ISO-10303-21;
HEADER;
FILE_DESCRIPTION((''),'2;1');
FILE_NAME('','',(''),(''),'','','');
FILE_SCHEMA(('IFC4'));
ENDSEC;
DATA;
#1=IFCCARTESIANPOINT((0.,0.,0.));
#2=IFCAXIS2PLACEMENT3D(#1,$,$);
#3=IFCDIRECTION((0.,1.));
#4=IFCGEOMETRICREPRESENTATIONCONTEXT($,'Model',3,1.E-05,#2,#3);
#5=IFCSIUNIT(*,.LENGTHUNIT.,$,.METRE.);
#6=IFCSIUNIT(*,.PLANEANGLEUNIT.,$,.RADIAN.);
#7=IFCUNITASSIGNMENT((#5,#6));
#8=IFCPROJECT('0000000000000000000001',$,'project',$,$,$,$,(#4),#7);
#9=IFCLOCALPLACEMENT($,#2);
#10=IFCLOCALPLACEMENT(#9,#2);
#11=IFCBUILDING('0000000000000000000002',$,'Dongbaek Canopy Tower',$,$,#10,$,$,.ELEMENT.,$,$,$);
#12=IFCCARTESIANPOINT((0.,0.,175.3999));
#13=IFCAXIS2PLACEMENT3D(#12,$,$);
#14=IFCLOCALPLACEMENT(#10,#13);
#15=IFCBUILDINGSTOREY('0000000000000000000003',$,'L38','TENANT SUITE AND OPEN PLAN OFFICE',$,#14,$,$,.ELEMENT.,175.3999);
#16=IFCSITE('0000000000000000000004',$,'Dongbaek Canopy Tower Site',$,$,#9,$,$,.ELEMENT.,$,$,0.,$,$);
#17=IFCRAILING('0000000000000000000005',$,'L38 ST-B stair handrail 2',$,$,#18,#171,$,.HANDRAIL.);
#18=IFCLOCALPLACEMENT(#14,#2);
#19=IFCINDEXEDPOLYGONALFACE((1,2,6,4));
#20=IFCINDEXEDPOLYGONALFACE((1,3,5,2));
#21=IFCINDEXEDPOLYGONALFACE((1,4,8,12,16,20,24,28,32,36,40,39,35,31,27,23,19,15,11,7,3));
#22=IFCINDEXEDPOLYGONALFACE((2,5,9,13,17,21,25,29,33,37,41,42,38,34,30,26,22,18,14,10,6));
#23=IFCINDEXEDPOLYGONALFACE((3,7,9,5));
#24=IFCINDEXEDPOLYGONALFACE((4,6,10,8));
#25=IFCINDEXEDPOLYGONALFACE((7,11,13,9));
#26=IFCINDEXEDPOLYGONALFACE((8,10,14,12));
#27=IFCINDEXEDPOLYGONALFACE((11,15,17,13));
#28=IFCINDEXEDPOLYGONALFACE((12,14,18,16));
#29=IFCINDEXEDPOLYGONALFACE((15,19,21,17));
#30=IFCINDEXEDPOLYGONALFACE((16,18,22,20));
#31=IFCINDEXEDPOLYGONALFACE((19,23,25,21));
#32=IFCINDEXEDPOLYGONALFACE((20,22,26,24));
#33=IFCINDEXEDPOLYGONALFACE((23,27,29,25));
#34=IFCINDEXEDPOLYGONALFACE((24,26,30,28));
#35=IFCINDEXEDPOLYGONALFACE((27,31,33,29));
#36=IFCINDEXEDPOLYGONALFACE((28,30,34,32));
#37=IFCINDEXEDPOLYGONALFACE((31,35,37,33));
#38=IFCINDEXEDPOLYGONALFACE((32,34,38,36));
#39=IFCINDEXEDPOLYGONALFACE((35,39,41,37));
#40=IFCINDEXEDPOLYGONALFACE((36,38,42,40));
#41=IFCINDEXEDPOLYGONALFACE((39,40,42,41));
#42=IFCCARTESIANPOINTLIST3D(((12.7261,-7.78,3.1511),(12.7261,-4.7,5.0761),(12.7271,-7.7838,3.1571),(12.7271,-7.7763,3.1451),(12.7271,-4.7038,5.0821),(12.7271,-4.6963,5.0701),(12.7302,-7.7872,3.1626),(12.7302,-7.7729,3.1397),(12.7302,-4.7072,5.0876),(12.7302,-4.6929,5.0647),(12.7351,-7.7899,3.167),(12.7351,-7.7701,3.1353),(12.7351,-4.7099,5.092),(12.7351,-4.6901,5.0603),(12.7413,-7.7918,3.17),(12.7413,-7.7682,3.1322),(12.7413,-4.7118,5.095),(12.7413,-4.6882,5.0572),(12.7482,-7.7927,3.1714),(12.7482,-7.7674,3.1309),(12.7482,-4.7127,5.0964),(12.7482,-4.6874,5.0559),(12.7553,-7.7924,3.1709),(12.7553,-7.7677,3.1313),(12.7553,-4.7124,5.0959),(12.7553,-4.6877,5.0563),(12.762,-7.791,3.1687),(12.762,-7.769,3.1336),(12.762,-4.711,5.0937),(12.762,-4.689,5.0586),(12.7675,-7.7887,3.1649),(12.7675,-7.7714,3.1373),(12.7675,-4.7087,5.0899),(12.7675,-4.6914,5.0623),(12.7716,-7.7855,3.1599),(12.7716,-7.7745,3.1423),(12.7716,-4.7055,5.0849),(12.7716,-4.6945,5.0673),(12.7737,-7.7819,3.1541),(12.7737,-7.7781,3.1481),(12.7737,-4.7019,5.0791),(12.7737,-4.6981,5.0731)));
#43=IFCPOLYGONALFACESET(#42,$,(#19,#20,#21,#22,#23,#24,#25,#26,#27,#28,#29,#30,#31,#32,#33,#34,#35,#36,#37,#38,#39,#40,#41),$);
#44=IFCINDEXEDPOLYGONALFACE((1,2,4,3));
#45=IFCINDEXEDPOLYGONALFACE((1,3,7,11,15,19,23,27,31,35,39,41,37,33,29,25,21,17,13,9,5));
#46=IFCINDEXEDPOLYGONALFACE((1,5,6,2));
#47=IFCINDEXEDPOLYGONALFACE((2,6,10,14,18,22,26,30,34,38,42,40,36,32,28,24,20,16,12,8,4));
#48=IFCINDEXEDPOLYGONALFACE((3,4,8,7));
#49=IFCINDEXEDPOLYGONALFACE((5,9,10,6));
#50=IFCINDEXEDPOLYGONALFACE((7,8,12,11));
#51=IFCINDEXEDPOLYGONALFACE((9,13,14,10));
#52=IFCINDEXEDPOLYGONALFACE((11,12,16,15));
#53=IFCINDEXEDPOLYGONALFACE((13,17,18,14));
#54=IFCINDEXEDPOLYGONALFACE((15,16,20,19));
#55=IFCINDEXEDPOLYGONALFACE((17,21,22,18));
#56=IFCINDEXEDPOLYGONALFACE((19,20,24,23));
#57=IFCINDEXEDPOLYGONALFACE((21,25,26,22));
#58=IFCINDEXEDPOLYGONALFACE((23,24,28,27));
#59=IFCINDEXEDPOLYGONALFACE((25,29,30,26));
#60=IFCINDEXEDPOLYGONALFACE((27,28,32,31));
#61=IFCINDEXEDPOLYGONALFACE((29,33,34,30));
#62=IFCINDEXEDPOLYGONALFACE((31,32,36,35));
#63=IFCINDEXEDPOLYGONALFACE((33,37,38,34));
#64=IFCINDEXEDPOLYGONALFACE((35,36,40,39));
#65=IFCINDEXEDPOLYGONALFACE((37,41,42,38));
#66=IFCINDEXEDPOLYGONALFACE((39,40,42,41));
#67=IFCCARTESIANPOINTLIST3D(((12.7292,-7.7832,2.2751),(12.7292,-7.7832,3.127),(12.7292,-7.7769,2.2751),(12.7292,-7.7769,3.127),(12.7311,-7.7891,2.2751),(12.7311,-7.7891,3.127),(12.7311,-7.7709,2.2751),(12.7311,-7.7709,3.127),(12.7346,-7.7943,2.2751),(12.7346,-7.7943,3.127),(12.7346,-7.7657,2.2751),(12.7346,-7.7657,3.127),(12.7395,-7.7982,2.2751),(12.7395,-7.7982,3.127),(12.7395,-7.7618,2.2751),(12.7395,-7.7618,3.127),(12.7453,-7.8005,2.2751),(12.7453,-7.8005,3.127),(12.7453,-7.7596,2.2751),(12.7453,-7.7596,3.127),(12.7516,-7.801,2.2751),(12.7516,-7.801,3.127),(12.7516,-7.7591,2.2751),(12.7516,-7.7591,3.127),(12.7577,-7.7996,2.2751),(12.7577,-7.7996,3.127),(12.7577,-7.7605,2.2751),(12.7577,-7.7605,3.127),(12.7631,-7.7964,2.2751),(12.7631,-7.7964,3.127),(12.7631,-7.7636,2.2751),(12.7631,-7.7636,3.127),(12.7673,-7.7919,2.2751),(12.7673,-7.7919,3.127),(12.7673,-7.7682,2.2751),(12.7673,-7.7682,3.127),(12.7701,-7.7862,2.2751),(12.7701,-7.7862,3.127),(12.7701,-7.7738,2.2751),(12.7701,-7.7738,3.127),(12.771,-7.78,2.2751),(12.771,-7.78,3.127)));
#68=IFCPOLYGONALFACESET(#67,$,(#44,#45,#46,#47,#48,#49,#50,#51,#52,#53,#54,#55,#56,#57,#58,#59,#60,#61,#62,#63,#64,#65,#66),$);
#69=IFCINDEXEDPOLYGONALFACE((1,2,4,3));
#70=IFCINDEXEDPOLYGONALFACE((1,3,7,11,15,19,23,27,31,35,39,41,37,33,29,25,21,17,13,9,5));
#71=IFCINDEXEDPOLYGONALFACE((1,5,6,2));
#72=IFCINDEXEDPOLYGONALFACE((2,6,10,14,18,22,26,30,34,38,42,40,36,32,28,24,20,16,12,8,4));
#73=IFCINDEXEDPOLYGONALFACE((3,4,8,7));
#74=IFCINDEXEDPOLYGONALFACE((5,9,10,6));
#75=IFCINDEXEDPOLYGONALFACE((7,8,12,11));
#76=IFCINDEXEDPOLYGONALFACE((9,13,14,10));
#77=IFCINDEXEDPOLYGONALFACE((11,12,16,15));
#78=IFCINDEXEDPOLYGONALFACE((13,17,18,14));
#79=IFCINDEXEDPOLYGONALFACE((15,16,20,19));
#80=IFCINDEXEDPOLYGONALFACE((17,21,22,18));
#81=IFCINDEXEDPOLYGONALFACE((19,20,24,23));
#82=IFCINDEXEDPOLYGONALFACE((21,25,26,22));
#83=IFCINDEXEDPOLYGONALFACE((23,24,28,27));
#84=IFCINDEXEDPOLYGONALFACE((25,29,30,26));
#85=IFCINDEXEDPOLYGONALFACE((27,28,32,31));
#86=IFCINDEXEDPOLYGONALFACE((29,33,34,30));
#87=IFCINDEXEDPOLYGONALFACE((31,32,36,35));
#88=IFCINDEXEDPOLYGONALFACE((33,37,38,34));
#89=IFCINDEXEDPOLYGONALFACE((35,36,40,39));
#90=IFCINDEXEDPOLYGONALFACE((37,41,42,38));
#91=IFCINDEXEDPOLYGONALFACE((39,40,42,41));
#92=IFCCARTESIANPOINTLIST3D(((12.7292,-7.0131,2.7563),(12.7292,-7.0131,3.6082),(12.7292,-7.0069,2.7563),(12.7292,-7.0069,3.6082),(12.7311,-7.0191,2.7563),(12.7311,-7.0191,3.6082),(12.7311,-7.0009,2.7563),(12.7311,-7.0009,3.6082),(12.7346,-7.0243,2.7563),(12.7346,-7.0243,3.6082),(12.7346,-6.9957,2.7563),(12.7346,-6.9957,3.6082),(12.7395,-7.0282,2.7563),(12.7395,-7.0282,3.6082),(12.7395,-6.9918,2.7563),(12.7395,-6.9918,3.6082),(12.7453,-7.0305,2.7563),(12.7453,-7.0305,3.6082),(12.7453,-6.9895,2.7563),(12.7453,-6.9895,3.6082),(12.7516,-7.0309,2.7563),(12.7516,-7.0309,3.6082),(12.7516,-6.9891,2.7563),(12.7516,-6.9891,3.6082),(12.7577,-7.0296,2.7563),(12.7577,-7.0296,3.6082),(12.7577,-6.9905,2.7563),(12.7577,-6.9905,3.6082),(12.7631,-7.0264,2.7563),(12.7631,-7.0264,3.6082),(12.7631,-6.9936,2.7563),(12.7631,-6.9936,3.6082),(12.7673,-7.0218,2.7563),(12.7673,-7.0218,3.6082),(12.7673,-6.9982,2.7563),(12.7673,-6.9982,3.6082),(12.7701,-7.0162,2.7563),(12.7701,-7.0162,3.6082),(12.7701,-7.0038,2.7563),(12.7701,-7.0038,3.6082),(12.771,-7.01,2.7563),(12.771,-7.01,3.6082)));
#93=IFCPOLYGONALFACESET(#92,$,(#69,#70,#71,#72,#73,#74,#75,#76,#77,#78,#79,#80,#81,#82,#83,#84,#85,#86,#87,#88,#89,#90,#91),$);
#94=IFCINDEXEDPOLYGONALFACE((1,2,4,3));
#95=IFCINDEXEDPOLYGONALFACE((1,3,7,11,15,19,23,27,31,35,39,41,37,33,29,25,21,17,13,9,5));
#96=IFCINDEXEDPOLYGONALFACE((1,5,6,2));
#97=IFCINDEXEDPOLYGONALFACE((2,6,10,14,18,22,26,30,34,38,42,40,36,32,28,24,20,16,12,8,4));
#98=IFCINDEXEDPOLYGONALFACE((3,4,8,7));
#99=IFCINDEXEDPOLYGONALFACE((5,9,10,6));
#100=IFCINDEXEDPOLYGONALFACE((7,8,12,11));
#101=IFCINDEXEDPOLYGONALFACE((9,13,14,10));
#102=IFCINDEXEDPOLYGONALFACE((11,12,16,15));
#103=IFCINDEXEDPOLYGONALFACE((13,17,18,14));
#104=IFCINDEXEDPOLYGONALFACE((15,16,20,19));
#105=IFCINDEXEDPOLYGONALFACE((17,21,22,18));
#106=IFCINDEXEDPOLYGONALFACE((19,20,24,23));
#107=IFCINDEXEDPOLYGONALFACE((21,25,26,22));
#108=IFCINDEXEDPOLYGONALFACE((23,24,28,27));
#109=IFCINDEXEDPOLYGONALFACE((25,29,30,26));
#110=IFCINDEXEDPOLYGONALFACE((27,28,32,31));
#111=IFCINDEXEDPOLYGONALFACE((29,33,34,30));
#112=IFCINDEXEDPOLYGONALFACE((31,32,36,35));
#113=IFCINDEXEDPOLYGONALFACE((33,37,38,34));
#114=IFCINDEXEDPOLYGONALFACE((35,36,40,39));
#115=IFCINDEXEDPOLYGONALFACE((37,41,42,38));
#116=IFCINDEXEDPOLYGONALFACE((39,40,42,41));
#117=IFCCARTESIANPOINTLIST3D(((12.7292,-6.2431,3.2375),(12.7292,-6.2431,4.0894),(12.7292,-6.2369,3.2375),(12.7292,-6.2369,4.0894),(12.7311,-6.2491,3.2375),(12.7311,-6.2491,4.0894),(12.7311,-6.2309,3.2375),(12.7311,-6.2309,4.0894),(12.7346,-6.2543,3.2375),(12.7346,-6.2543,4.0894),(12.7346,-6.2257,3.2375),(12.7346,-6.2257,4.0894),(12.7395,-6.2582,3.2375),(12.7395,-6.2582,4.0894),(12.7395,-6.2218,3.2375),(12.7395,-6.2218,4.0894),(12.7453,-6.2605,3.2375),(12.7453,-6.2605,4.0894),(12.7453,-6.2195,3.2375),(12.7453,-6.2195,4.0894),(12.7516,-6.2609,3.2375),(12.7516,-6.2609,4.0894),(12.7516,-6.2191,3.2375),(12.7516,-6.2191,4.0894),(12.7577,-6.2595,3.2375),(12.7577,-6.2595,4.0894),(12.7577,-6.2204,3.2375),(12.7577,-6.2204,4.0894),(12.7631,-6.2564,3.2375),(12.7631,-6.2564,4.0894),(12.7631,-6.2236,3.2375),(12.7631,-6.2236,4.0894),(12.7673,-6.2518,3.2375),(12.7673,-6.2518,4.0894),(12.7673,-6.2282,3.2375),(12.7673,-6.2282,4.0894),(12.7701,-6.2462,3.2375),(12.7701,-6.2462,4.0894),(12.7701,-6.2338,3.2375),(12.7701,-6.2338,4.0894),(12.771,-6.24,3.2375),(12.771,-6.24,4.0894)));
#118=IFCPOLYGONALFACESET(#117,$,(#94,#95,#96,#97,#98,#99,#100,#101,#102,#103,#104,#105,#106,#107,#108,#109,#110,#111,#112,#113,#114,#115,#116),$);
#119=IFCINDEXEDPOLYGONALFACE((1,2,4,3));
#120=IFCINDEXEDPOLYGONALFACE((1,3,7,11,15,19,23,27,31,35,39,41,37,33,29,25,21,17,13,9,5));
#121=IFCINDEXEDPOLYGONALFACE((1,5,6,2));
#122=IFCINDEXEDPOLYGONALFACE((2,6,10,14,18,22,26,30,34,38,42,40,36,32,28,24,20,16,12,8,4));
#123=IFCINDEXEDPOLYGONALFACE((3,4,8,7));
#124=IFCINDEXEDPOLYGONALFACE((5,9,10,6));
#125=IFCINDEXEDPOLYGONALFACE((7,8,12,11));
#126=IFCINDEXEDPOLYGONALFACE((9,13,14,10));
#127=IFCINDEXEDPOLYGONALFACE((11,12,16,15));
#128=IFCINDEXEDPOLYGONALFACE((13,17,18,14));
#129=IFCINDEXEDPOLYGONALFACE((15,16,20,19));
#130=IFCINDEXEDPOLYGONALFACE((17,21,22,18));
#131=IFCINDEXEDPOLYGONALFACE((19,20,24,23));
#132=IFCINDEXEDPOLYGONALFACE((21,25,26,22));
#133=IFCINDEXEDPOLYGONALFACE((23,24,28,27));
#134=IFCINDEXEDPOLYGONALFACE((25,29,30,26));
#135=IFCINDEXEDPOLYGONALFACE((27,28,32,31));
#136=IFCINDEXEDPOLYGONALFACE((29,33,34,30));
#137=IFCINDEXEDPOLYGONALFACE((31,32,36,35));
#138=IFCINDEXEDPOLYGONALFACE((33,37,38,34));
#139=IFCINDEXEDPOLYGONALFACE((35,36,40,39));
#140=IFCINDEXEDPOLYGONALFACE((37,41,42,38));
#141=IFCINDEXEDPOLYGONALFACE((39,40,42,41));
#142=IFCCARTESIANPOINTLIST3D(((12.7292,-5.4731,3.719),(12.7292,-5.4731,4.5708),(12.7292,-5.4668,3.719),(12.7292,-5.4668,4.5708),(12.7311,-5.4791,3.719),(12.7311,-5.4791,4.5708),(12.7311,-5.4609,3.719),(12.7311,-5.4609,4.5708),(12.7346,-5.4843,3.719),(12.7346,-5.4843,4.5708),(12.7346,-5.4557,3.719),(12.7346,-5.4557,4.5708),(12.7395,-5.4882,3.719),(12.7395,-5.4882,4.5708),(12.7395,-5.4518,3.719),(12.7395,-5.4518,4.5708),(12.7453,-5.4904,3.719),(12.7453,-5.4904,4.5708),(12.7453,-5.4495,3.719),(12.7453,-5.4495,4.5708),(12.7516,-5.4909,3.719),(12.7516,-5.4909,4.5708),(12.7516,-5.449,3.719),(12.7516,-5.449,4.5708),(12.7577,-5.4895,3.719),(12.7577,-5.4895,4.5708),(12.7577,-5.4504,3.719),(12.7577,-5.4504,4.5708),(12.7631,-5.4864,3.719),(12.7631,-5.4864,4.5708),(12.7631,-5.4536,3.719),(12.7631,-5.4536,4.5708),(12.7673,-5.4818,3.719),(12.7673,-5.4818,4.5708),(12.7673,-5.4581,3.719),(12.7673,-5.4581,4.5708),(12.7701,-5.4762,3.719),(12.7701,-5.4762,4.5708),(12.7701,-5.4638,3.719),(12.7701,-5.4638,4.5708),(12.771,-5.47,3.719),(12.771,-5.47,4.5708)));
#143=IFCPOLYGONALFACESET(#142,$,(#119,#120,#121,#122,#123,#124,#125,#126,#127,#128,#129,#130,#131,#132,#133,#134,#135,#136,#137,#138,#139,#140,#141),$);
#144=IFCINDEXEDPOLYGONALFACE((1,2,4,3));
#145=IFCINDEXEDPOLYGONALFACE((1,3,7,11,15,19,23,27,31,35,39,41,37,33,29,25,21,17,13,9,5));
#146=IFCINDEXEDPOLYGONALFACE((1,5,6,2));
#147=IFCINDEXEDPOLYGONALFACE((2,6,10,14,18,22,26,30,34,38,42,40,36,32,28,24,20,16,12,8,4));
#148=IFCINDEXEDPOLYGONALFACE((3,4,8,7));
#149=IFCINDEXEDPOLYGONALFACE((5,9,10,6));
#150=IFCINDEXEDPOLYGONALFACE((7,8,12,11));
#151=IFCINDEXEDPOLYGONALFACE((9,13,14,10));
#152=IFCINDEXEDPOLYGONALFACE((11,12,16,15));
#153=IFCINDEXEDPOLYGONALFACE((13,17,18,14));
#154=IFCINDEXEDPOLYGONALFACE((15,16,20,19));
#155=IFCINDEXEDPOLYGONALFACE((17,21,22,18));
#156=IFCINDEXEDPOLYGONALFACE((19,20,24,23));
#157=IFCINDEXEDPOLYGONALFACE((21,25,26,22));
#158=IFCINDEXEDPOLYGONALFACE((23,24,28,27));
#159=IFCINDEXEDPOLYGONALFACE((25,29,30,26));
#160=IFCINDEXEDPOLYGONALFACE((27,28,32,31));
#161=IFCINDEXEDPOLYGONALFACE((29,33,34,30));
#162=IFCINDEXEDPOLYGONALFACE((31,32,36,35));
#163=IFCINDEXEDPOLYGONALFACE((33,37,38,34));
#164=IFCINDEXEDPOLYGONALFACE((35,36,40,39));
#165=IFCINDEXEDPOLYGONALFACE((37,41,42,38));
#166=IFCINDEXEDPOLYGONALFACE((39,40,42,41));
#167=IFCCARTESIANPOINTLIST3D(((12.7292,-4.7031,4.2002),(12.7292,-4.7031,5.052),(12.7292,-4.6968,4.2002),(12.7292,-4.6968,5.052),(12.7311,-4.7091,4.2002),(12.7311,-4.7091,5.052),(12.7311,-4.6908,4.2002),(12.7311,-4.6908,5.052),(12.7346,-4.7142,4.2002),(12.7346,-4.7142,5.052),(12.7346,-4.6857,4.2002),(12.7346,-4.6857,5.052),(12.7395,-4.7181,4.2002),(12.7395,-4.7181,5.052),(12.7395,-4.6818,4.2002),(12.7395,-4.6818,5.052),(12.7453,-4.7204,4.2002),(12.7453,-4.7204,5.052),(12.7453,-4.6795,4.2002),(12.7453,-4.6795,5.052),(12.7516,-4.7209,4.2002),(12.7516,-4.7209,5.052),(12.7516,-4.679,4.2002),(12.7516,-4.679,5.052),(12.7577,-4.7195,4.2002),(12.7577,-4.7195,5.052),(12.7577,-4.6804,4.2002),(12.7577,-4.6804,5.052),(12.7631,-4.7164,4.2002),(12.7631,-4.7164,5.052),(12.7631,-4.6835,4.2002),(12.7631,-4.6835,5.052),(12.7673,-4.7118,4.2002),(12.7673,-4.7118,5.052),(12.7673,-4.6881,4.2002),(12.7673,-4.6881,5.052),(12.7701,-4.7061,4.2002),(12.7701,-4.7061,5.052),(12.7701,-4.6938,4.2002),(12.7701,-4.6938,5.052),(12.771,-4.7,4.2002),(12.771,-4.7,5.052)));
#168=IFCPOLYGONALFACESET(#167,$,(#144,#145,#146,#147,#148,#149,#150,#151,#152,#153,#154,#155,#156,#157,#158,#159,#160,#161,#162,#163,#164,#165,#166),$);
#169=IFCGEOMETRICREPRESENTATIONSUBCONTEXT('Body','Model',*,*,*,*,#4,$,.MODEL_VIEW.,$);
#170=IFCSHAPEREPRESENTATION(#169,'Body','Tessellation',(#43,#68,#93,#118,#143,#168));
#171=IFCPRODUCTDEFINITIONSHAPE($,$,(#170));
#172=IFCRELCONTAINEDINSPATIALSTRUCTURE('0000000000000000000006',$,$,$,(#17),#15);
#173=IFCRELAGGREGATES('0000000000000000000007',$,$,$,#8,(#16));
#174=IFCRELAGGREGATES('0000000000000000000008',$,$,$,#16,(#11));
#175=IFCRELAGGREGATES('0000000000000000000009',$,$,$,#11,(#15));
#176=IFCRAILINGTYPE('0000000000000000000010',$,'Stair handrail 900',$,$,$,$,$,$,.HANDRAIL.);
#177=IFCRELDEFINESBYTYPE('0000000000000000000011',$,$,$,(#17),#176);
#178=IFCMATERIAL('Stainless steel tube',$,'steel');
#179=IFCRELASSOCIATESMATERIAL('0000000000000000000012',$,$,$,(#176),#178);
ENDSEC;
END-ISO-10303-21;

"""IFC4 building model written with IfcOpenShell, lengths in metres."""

from ifc_helpers import new_model, si_unit, direction, frame, origin, origin_2d, place, context, subcontext, project, spatial, circle, extrude, material, type_object, element, save


model = new_model("IFC4")

# Units and contexts
model_context = context("Model", 3, precision=1e-05, world=origin(), true_north=direction((0.0, 1.0)))
body_context = subcontext(model_context, "Body", "Model", "MODEL_VIEW")
ifc_project = project(units=[si_unit("LENGTHUNIT", "METRE"), si_unit("PLANEANGLEUNIT", "RADIAN")], contexts=[model_context])

# Site, building, storey
site_placement = place(None, origin())
site = spatial("IfcSite", under=ifc_project, at=site_placement, Name="Dongbaek Canopy Tower Site", CompositionType="ELEMENT", RefElevation=0.0)
building_placement = place(site_placement, origin())
building = spatial("IfcBuilding", under=site, at=building_placement, Name="Dongbaek Canopy Tower", CompositionType="ELEMENT")
storey_placement = place(building_placement, frame((0.0, 0.0, 175.3999)))
storey = spatial("IfcBuildingStorey", under=building, at=storey_placement, Name="L38", Description="TENANT SUITE AND OPEN PLAN OFFICE", CompositionType="ELEMENT", Elevation=175.3999)

# Railing
ifc_material_1 = material(Name="Stainless steel tube", Category="steel")
railing_type_1 = type_object("IfcRailingType", Name="Stair handrail 900", PredefinedType="HANDRAIL", material=ifc_material_1)
railing_1_placement = place(storey_placement, frame((12.75, -7.78, 2.2751)))
element("IfcRailing", 1, at=railing_1_placement, inside=storey, type_object=railing_type_1, Name="L38 ST-B stair handrail 2", PredefinedType="HANDRAIL", context=body_context, shape_type="SweptSolid", body=[
    extrude(circle(Radius=0.0239, at=origin_2d()), frame((0.0, 0.0, 0.876), z_axis=(0.0, 0.847998, 0.529999), x_axis=(-1.0, 0.0, 0.0)), (0.0, 0.0, 1.0), 3.6321),
    extrude(circle(Radius=0.021, at=origin_2d()), origin(), (0.0, 0.0, 1.0), 0.8518),
    extrude(circle(Radius=0.021, at=origin_2d()), frame((0.0, 0.77, 0.4812)), (0.0, 0.0, 1.0), 0.8518),
    extrude(circle(Radius=0.021, at=origin_2d()), frame((0.0, 1.54, 0.9624)), (0.0, 0.0, 1.0), 0.8518),
    extrude(circle(Radius=0.021, at=origin_2d()), frame((0.0, 2.3101, 1.4438)), (0.0, 0.0, 1.0), 0.8518),
    extrude(circle(Radius=0.021, at=origin_2d()), frame((0.0, 3.0801, 1.925)), (0.0, 0.0, 1.0), 0.8518),
])

save(model, "model.ifc")
